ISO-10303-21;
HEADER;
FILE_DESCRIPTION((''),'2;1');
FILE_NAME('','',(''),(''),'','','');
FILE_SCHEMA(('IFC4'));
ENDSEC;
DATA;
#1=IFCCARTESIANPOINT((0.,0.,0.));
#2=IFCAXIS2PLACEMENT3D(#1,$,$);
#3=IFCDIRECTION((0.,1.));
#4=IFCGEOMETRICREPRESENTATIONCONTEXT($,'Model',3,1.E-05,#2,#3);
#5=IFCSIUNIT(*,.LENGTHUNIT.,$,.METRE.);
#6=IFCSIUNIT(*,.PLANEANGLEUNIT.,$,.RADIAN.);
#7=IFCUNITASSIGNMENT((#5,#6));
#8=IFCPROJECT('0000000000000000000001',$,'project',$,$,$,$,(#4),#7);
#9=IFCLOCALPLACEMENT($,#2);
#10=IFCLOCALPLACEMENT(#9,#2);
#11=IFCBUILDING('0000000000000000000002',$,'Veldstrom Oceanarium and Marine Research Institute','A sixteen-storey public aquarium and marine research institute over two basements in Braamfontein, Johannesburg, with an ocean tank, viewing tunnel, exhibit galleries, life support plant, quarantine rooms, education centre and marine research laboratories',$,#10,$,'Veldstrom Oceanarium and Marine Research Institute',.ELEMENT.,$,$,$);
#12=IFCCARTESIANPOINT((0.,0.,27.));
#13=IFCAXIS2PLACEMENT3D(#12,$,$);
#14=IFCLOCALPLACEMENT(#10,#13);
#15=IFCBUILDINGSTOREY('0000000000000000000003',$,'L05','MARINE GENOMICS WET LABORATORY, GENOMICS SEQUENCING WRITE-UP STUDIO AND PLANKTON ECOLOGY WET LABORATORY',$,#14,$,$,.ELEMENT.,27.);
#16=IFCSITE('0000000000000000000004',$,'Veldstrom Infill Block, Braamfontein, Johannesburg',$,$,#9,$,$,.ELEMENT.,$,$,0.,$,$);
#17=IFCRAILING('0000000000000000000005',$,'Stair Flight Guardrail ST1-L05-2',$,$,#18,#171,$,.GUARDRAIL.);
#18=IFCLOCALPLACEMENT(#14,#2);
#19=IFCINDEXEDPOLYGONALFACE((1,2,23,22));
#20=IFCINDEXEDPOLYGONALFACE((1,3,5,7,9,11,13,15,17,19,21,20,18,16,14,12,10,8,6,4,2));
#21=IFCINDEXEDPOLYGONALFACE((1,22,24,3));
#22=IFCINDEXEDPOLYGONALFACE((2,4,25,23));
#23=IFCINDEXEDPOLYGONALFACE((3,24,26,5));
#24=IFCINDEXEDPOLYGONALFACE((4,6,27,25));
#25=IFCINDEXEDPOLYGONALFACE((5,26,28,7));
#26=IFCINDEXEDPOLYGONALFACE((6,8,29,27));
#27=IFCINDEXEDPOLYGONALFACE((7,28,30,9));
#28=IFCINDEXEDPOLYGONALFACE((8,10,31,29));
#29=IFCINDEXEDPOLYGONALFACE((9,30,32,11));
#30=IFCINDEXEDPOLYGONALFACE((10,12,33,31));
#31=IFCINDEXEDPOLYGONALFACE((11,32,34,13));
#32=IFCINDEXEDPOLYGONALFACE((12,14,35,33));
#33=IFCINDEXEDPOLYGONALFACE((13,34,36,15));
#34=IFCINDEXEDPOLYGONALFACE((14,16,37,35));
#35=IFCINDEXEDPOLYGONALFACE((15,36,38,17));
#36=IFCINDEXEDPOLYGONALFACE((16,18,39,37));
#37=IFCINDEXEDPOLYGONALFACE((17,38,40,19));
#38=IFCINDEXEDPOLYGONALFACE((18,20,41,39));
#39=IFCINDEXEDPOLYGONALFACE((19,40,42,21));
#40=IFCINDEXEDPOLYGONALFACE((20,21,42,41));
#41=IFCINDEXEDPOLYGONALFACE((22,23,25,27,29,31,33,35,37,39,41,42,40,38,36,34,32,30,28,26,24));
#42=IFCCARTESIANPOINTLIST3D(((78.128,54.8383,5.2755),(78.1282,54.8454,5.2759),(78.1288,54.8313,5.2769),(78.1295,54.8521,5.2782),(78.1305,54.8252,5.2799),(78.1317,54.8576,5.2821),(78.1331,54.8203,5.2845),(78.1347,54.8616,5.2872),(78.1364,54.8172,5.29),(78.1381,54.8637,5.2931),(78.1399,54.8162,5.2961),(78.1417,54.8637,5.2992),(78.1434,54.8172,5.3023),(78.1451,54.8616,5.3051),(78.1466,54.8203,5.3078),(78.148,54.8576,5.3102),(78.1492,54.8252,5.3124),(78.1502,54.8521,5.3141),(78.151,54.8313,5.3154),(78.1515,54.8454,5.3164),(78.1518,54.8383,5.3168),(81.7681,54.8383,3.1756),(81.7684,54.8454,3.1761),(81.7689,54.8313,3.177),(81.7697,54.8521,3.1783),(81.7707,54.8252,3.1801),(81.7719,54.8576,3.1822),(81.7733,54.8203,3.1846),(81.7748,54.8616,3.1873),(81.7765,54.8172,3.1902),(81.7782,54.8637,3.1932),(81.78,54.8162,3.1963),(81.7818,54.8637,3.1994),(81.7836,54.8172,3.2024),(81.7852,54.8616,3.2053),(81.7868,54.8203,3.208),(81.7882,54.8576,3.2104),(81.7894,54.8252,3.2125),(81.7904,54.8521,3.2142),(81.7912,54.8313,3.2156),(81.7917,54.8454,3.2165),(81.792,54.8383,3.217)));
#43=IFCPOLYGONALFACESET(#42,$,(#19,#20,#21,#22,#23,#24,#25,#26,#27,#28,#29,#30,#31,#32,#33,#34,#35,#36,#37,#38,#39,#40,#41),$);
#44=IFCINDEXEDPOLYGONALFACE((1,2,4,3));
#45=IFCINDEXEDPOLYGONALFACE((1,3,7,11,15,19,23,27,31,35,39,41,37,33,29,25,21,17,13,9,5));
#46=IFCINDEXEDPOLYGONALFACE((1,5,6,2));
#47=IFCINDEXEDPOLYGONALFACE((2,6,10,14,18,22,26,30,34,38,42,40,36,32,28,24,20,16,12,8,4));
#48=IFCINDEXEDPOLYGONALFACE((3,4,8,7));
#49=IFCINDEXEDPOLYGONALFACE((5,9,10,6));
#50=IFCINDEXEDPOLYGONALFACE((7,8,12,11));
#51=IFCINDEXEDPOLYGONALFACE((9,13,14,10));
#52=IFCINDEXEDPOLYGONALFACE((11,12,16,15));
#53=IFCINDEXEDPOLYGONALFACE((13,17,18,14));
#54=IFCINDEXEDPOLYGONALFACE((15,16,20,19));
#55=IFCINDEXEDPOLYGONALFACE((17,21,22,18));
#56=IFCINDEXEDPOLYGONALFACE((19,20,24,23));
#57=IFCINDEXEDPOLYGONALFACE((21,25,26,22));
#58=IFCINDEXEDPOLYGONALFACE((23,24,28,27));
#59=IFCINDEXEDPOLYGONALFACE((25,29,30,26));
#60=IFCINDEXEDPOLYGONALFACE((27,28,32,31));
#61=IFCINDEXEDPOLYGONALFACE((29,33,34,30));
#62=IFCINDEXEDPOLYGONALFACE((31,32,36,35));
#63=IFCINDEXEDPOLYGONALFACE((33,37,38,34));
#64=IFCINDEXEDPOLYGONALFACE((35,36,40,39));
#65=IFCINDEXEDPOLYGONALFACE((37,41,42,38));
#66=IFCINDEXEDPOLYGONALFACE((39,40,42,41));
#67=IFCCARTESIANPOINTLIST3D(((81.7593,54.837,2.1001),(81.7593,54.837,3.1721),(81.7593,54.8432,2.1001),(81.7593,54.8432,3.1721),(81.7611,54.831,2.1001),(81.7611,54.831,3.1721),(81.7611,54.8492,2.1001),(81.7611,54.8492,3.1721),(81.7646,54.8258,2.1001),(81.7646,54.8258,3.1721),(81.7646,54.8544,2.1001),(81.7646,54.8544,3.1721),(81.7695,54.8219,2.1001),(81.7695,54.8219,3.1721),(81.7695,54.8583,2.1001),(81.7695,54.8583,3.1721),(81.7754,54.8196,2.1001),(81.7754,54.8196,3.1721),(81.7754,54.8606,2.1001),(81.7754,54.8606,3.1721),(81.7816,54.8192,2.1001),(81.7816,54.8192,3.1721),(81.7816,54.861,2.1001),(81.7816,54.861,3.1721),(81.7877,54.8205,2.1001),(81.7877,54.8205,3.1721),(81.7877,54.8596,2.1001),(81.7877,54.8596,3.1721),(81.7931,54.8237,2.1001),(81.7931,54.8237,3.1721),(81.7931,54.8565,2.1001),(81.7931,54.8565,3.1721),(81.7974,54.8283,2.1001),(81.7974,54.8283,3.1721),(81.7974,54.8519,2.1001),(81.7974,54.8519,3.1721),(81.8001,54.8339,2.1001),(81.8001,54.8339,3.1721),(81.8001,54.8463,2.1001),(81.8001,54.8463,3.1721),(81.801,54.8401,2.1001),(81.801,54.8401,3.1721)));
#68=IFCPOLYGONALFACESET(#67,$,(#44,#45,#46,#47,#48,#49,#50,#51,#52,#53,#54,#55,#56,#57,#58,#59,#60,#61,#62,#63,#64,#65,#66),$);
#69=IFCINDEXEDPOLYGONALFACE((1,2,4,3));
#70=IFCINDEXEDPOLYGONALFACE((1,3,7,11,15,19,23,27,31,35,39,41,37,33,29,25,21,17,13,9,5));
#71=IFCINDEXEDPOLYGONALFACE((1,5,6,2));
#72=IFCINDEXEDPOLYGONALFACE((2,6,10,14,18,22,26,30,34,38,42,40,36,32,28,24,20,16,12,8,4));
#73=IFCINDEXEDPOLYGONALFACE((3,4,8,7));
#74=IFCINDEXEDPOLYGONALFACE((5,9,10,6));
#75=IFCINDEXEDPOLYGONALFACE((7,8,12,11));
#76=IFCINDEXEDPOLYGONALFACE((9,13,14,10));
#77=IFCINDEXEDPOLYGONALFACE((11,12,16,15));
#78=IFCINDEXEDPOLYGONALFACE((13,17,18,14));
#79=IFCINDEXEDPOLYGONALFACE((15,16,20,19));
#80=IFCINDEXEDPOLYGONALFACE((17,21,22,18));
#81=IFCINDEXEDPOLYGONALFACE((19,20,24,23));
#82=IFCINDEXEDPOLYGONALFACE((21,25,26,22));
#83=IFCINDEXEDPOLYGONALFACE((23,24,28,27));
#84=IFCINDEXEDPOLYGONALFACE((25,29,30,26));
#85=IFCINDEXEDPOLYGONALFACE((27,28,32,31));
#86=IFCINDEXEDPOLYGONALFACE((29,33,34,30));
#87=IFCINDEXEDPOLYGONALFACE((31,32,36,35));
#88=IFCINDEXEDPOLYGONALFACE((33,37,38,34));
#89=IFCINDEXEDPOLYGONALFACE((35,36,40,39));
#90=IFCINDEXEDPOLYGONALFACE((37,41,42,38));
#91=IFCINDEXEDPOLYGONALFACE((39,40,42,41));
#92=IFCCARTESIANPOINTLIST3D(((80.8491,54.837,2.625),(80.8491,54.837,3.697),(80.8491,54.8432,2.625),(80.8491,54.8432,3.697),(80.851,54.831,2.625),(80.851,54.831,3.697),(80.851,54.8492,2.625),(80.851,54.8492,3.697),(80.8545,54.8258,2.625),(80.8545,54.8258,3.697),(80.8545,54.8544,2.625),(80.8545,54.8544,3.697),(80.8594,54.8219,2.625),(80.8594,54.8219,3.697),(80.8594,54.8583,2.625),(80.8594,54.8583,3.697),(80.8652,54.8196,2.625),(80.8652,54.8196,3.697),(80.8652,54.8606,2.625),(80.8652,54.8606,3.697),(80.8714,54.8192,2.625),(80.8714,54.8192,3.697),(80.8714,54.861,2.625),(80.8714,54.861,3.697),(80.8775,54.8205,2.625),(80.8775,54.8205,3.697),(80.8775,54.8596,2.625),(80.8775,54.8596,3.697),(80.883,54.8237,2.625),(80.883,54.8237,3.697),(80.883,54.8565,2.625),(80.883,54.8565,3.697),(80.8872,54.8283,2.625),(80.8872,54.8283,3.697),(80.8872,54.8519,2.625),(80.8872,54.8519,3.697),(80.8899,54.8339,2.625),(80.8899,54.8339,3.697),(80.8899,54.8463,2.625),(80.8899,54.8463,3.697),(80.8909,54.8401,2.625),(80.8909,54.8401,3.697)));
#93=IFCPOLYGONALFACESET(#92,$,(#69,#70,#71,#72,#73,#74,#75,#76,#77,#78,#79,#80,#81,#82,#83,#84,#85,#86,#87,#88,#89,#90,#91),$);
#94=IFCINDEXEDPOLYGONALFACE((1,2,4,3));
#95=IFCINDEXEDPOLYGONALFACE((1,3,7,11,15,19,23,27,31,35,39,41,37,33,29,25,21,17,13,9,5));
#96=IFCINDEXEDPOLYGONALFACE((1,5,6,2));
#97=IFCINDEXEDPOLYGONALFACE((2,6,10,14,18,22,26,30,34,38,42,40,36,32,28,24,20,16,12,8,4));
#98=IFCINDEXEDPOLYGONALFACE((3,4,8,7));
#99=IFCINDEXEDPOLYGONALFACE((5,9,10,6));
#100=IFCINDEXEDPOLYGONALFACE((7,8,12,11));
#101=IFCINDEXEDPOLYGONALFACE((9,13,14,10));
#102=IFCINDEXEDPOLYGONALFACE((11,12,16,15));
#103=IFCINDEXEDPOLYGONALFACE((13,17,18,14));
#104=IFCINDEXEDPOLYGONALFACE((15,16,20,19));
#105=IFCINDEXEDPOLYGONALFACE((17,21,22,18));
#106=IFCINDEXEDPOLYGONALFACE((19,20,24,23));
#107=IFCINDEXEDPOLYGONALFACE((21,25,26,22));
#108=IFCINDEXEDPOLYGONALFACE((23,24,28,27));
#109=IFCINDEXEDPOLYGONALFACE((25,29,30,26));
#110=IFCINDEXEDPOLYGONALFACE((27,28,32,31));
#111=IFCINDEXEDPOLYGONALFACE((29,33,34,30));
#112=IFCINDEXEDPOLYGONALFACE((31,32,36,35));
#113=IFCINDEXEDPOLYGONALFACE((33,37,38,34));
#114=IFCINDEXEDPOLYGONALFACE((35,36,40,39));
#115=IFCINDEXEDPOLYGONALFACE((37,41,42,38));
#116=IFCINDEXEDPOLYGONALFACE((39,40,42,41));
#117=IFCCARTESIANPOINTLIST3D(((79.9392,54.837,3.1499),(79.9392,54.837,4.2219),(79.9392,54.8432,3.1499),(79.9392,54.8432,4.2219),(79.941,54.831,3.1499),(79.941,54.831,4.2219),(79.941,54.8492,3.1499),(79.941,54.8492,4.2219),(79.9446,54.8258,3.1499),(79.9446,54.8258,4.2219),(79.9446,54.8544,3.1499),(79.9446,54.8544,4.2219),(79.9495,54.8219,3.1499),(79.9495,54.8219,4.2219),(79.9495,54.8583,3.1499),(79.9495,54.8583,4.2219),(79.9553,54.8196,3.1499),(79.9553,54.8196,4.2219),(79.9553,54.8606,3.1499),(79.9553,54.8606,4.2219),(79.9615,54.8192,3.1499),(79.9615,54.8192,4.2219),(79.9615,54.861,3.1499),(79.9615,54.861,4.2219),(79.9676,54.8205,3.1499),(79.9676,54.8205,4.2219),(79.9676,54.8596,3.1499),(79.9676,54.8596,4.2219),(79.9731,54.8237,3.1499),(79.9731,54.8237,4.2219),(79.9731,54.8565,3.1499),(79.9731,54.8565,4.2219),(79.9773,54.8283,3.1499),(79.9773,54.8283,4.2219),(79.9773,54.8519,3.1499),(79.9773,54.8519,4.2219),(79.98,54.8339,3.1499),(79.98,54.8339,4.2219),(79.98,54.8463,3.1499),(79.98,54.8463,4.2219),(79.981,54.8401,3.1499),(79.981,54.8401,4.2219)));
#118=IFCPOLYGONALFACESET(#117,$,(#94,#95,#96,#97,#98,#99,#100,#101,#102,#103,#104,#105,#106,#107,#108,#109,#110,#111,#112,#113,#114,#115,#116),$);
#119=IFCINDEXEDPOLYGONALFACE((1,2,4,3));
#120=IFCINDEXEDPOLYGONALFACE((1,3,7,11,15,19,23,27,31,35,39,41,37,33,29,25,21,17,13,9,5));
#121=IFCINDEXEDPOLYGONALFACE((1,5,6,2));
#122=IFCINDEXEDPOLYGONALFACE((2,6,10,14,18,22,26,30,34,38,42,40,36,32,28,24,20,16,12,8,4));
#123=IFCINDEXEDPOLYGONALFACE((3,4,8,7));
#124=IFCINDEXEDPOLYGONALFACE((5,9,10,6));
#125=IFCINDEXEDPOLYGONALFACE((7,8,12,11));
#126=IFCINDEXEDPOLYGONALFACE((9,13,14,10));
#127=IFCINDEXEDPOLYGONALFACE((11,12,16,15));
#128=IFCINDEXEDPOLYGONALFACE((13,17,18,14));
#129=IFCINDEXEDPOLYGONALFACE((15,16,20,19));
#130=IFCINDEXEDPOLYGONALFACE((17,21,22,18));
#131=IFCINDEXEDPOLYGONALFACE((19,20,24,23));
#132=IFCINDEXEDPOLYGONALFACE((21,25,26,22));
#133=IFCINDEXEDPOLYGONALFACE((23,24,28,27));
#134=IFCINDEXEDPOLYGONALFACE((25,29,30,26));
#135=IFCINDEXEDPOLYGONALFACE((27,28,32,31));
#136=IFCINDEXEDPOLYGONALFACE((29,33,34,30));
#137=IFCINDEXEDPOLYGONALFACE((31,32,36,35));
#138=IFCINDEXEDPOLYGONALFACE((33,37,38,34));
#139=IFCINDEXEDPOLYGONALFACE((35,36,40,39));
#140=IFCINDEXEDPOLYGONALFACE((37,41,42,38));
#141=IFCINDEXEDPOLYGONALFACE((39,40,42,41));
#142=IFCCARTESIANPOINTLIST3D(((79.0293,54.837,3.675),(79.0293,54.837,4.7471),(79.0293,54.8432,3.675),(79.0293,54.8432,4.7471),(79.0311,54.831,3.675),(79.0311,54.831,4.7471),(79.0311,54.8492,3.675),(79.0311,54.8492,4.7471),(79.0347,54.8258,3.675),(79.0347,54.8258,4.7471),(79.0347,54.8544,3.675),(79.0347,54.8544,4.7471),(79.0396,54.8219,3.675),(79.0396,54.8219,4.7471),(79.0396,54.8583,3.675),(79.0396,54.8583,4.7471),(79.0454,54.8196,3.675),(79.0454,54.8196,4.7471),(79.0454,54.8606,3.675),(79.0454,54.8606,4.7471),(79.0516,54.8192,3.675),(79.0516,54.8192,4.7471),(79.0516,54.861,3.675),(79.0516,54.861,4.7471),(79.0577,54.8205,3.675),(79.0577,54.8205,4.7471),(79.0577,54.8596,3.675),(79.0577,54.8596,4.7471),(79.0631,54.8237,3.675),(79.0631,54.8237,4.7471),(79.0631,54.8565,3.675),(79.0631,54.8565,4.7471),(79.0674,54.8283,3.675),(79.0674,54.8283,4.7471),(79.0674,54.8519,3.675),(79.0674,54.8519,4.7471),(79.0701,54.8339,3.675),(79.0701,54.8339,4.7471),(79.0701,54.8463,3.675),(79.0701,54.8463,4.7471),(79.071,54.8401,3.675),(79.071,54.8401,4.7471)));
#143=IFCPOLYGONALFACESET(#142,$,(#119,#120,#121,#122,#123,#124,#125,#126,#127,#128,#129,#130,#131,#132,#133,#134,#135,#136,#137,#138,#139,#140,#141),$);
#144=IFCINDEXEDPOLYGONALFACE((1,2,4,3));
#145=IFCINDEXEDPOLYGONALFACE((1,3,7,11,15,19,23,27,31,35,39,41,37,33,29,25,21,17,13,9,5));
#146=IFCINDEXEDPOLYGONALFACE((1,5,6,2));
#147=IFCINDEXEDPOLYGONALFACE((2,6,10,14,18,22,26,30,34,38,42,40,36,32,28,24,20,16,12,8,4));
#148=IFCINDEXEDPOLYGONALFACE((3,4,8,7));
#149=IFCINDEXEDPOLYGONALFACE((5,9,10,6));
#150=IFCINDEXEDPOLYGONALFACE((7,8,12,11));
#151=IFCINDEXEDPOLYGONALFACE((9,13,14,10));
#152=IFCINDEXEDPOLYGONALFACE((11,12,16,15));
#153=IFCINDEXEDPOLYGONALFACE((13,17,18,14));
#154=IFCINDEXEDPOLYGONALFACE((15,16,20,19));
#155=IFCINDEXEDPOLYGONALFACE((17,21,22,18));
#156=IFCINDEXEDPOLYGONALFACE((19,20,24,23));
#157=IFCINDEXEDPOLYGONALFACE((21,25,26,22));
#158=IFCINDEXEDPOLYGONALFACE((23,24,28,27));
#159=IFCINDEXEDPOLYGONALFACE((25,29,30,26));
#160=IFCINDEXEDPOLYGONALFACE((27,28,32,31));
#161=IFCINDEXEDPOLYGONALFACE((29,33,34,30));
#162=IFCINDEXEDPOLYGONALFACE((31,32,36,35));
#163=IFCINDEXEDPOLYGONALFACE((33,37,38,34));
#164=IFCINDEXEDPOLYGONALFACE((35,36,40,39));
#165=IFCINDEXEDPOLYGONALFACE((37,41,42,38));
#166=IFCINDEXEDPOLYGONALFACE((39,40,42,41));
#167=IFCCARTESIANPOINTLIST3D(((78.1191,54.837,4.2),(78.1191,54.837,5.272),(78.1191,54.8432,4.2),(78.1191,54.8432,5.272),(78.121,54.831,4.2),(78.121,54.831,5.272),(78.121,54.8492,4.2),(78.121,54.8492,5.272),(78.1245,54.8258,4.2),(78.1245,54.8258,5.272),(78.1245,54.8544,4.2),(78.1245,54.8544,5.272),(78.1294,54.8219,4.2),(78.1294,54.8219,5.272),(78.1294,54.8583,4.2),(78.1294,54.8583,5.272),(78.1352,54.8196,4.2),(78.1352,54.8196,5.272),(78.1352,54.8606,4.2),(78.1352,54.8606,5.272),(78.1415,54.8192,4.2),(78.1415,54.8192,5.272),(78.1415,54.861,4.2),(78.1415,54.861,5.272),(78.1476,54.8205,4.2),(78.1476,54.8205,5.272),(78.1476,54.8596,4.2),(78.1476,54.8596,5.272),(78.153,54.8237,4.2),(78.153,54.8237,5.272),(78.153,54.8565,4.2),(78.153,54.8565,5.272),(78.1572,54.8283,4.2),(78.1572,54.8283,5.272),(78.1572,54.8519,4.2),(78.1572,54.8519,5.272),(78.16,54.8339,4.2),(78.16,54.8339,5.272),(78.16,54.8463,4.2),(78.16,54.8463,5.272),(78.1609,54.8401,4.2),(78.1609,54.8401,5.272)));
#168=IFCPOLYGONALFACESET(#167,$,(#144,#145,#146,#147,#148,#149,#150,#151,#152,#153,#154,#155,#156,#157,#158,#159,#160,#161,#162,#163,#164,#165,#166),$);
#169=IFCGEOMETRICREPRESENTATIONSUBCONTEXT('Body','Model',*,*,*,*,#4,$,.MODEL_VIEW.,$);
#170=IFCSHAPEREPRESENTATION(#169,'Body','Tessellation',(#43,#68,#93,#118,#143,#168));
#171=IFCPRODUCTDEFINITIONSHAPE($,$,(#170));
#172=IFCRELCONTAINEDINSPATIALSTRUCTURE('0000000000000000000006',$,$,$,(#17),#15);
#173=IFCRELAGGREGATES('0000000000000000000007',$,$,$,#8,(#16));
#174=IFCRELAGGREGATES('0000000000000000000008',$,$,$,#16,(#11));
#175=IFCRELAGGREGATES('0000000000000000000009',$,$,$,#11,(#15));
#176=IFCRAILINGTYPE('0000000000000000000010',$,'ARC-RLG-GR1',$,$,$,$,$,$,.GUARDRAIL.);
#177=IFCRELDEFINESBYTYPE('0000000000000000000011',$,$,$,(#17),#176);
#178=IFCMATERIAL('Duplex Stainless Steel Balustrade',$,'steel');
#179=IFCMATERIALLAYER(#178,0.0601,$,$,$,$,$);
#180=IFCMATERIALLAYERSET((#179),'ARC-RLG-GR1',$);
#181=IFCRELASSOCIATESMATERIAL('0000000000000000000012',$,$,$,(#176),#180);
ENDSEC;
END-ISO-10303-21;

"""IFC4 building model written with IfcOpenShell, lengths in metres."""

from ifc_helpers import new_model, si_unit, direction, frame, origin, origin_2d, place, context, subcontext, project, spatial, circle, extrude, material, layer, layer_set, type_object, element, save


model = new_model("IFC4")

# Units and contexts
model_context = context("Model", 3, precision=1e-05, world=origin(), true_north=direction((0.0, 1.0)))
body_context = subcontext(model_context, "Body", "Model", "MODEL_VIEW")
ifc_project = project(units=[si_unit("LENGTHUNIT", "METRE"), si_unit("PLANEANGLEUNIT", "RADIAN")], contexts=[model_context])

# Site, building, storey
site_placement = place(None, origin())
site = spatial("IfcSite", under=ifc_project, at=site_placement, Name="Veldstrom Infill Block, Braamfontein, Johannesburg", CompositionType="ELEMENT", RefElevation=0.0)
building_placement = place(site_placement, origin())
building = spatial("IfcBuilding", under=site, at=building_placement, Name="Veldstrom Oceanarium and Marine Research Institute", Description="A sixteen-storey public aquarium and marine research institute over two basements in Braamfontein, Johannesburg, with an ocean tank, viewing tunnel, exhibit galleries, life support plant, quarantine rooms, education centre and marine research laboratories", LongName="Veldstrom Oceanarium and Marine Research Institute", CompositionType="ELEMENT")
storey_placement = place(building_placement, frame((0.0, 0.0, 27.0)))
storey = spatial("IfcBuildingStorey", under=building, at=storey_placement, Name="L05", Description="MARINE GENOMICS WET LABORATORY, GENOMICS SEQUENCING WRITE-UP STUDIO AND PLANKTON ECOLOGY WET LABORATORY", CompositionType="ELEMENT", Elevation=27.0)

# Railing
ifc_material_1 = material(Name="Duplex Stainless Steel Balustrade", Category="steel")
ifc_layer_1 = layer(ifc_material_1, 0.0601)
ifc_layer_set_1 = layer_set([ifc_layer_1], Name="ARC-RLG-GR1")
railing_type_1 = type_object("IfcRailingType", Name="ARC-RLG-GR1", PredefinedType="GUARDRAIL", material=ifc_layer_set_1)
railing_1_placement = place(storey_placement, frame((81.78, 54.8401, 2.1001)))
element("IfcRailing", 1, at=railing_1_placement, inside=storey, type_object=railing_type_1, Name="Stair Flight Guardrail ST1-L05-2", PredefinedType="GUARDRAIL", context=body_context, shape_type="SweptSolid", body=[
    extrude(circle(Radius=0.0239, at=origin_2d()), frame((0.0, 0.0, 1.0962), z_axis=(-0.866209, 0.0, 0.499682), x_axis=(0.0, -1.0, 0.0)), (0.0, 0.0, 1.0), 4.2024),
    extrude(circle(Radius=0.021, at=origin_2d()), origin(), (0.0, 0.0, 1.0), 1.072),
    extrude(circle(Radius=0.021, at=origin_2d()), frame((-0.9102, 0.0, 0.5249)), (0.0, 0.0, 1.0), 1.072),
    extrude(circle(Radius=0.021, at=origin_2d()), frame((-1.8201, 0.0, 1.0498)), (0.0, 0.0, 1.0), 1.072),
    extrude(circle(Radius=0.021, at=origin_2d()), frame((-2.73, 0.0, 1.575)), (0.0, 0.0, 1.0), 1.072),
    extrude(circle(Radius=0.021, at=origin_2d()), frame((-3.6401, 0.0, 2.0999)), (0.0, 0.0, 1.0), 1.072),
])

save(model, "model.ifc")
